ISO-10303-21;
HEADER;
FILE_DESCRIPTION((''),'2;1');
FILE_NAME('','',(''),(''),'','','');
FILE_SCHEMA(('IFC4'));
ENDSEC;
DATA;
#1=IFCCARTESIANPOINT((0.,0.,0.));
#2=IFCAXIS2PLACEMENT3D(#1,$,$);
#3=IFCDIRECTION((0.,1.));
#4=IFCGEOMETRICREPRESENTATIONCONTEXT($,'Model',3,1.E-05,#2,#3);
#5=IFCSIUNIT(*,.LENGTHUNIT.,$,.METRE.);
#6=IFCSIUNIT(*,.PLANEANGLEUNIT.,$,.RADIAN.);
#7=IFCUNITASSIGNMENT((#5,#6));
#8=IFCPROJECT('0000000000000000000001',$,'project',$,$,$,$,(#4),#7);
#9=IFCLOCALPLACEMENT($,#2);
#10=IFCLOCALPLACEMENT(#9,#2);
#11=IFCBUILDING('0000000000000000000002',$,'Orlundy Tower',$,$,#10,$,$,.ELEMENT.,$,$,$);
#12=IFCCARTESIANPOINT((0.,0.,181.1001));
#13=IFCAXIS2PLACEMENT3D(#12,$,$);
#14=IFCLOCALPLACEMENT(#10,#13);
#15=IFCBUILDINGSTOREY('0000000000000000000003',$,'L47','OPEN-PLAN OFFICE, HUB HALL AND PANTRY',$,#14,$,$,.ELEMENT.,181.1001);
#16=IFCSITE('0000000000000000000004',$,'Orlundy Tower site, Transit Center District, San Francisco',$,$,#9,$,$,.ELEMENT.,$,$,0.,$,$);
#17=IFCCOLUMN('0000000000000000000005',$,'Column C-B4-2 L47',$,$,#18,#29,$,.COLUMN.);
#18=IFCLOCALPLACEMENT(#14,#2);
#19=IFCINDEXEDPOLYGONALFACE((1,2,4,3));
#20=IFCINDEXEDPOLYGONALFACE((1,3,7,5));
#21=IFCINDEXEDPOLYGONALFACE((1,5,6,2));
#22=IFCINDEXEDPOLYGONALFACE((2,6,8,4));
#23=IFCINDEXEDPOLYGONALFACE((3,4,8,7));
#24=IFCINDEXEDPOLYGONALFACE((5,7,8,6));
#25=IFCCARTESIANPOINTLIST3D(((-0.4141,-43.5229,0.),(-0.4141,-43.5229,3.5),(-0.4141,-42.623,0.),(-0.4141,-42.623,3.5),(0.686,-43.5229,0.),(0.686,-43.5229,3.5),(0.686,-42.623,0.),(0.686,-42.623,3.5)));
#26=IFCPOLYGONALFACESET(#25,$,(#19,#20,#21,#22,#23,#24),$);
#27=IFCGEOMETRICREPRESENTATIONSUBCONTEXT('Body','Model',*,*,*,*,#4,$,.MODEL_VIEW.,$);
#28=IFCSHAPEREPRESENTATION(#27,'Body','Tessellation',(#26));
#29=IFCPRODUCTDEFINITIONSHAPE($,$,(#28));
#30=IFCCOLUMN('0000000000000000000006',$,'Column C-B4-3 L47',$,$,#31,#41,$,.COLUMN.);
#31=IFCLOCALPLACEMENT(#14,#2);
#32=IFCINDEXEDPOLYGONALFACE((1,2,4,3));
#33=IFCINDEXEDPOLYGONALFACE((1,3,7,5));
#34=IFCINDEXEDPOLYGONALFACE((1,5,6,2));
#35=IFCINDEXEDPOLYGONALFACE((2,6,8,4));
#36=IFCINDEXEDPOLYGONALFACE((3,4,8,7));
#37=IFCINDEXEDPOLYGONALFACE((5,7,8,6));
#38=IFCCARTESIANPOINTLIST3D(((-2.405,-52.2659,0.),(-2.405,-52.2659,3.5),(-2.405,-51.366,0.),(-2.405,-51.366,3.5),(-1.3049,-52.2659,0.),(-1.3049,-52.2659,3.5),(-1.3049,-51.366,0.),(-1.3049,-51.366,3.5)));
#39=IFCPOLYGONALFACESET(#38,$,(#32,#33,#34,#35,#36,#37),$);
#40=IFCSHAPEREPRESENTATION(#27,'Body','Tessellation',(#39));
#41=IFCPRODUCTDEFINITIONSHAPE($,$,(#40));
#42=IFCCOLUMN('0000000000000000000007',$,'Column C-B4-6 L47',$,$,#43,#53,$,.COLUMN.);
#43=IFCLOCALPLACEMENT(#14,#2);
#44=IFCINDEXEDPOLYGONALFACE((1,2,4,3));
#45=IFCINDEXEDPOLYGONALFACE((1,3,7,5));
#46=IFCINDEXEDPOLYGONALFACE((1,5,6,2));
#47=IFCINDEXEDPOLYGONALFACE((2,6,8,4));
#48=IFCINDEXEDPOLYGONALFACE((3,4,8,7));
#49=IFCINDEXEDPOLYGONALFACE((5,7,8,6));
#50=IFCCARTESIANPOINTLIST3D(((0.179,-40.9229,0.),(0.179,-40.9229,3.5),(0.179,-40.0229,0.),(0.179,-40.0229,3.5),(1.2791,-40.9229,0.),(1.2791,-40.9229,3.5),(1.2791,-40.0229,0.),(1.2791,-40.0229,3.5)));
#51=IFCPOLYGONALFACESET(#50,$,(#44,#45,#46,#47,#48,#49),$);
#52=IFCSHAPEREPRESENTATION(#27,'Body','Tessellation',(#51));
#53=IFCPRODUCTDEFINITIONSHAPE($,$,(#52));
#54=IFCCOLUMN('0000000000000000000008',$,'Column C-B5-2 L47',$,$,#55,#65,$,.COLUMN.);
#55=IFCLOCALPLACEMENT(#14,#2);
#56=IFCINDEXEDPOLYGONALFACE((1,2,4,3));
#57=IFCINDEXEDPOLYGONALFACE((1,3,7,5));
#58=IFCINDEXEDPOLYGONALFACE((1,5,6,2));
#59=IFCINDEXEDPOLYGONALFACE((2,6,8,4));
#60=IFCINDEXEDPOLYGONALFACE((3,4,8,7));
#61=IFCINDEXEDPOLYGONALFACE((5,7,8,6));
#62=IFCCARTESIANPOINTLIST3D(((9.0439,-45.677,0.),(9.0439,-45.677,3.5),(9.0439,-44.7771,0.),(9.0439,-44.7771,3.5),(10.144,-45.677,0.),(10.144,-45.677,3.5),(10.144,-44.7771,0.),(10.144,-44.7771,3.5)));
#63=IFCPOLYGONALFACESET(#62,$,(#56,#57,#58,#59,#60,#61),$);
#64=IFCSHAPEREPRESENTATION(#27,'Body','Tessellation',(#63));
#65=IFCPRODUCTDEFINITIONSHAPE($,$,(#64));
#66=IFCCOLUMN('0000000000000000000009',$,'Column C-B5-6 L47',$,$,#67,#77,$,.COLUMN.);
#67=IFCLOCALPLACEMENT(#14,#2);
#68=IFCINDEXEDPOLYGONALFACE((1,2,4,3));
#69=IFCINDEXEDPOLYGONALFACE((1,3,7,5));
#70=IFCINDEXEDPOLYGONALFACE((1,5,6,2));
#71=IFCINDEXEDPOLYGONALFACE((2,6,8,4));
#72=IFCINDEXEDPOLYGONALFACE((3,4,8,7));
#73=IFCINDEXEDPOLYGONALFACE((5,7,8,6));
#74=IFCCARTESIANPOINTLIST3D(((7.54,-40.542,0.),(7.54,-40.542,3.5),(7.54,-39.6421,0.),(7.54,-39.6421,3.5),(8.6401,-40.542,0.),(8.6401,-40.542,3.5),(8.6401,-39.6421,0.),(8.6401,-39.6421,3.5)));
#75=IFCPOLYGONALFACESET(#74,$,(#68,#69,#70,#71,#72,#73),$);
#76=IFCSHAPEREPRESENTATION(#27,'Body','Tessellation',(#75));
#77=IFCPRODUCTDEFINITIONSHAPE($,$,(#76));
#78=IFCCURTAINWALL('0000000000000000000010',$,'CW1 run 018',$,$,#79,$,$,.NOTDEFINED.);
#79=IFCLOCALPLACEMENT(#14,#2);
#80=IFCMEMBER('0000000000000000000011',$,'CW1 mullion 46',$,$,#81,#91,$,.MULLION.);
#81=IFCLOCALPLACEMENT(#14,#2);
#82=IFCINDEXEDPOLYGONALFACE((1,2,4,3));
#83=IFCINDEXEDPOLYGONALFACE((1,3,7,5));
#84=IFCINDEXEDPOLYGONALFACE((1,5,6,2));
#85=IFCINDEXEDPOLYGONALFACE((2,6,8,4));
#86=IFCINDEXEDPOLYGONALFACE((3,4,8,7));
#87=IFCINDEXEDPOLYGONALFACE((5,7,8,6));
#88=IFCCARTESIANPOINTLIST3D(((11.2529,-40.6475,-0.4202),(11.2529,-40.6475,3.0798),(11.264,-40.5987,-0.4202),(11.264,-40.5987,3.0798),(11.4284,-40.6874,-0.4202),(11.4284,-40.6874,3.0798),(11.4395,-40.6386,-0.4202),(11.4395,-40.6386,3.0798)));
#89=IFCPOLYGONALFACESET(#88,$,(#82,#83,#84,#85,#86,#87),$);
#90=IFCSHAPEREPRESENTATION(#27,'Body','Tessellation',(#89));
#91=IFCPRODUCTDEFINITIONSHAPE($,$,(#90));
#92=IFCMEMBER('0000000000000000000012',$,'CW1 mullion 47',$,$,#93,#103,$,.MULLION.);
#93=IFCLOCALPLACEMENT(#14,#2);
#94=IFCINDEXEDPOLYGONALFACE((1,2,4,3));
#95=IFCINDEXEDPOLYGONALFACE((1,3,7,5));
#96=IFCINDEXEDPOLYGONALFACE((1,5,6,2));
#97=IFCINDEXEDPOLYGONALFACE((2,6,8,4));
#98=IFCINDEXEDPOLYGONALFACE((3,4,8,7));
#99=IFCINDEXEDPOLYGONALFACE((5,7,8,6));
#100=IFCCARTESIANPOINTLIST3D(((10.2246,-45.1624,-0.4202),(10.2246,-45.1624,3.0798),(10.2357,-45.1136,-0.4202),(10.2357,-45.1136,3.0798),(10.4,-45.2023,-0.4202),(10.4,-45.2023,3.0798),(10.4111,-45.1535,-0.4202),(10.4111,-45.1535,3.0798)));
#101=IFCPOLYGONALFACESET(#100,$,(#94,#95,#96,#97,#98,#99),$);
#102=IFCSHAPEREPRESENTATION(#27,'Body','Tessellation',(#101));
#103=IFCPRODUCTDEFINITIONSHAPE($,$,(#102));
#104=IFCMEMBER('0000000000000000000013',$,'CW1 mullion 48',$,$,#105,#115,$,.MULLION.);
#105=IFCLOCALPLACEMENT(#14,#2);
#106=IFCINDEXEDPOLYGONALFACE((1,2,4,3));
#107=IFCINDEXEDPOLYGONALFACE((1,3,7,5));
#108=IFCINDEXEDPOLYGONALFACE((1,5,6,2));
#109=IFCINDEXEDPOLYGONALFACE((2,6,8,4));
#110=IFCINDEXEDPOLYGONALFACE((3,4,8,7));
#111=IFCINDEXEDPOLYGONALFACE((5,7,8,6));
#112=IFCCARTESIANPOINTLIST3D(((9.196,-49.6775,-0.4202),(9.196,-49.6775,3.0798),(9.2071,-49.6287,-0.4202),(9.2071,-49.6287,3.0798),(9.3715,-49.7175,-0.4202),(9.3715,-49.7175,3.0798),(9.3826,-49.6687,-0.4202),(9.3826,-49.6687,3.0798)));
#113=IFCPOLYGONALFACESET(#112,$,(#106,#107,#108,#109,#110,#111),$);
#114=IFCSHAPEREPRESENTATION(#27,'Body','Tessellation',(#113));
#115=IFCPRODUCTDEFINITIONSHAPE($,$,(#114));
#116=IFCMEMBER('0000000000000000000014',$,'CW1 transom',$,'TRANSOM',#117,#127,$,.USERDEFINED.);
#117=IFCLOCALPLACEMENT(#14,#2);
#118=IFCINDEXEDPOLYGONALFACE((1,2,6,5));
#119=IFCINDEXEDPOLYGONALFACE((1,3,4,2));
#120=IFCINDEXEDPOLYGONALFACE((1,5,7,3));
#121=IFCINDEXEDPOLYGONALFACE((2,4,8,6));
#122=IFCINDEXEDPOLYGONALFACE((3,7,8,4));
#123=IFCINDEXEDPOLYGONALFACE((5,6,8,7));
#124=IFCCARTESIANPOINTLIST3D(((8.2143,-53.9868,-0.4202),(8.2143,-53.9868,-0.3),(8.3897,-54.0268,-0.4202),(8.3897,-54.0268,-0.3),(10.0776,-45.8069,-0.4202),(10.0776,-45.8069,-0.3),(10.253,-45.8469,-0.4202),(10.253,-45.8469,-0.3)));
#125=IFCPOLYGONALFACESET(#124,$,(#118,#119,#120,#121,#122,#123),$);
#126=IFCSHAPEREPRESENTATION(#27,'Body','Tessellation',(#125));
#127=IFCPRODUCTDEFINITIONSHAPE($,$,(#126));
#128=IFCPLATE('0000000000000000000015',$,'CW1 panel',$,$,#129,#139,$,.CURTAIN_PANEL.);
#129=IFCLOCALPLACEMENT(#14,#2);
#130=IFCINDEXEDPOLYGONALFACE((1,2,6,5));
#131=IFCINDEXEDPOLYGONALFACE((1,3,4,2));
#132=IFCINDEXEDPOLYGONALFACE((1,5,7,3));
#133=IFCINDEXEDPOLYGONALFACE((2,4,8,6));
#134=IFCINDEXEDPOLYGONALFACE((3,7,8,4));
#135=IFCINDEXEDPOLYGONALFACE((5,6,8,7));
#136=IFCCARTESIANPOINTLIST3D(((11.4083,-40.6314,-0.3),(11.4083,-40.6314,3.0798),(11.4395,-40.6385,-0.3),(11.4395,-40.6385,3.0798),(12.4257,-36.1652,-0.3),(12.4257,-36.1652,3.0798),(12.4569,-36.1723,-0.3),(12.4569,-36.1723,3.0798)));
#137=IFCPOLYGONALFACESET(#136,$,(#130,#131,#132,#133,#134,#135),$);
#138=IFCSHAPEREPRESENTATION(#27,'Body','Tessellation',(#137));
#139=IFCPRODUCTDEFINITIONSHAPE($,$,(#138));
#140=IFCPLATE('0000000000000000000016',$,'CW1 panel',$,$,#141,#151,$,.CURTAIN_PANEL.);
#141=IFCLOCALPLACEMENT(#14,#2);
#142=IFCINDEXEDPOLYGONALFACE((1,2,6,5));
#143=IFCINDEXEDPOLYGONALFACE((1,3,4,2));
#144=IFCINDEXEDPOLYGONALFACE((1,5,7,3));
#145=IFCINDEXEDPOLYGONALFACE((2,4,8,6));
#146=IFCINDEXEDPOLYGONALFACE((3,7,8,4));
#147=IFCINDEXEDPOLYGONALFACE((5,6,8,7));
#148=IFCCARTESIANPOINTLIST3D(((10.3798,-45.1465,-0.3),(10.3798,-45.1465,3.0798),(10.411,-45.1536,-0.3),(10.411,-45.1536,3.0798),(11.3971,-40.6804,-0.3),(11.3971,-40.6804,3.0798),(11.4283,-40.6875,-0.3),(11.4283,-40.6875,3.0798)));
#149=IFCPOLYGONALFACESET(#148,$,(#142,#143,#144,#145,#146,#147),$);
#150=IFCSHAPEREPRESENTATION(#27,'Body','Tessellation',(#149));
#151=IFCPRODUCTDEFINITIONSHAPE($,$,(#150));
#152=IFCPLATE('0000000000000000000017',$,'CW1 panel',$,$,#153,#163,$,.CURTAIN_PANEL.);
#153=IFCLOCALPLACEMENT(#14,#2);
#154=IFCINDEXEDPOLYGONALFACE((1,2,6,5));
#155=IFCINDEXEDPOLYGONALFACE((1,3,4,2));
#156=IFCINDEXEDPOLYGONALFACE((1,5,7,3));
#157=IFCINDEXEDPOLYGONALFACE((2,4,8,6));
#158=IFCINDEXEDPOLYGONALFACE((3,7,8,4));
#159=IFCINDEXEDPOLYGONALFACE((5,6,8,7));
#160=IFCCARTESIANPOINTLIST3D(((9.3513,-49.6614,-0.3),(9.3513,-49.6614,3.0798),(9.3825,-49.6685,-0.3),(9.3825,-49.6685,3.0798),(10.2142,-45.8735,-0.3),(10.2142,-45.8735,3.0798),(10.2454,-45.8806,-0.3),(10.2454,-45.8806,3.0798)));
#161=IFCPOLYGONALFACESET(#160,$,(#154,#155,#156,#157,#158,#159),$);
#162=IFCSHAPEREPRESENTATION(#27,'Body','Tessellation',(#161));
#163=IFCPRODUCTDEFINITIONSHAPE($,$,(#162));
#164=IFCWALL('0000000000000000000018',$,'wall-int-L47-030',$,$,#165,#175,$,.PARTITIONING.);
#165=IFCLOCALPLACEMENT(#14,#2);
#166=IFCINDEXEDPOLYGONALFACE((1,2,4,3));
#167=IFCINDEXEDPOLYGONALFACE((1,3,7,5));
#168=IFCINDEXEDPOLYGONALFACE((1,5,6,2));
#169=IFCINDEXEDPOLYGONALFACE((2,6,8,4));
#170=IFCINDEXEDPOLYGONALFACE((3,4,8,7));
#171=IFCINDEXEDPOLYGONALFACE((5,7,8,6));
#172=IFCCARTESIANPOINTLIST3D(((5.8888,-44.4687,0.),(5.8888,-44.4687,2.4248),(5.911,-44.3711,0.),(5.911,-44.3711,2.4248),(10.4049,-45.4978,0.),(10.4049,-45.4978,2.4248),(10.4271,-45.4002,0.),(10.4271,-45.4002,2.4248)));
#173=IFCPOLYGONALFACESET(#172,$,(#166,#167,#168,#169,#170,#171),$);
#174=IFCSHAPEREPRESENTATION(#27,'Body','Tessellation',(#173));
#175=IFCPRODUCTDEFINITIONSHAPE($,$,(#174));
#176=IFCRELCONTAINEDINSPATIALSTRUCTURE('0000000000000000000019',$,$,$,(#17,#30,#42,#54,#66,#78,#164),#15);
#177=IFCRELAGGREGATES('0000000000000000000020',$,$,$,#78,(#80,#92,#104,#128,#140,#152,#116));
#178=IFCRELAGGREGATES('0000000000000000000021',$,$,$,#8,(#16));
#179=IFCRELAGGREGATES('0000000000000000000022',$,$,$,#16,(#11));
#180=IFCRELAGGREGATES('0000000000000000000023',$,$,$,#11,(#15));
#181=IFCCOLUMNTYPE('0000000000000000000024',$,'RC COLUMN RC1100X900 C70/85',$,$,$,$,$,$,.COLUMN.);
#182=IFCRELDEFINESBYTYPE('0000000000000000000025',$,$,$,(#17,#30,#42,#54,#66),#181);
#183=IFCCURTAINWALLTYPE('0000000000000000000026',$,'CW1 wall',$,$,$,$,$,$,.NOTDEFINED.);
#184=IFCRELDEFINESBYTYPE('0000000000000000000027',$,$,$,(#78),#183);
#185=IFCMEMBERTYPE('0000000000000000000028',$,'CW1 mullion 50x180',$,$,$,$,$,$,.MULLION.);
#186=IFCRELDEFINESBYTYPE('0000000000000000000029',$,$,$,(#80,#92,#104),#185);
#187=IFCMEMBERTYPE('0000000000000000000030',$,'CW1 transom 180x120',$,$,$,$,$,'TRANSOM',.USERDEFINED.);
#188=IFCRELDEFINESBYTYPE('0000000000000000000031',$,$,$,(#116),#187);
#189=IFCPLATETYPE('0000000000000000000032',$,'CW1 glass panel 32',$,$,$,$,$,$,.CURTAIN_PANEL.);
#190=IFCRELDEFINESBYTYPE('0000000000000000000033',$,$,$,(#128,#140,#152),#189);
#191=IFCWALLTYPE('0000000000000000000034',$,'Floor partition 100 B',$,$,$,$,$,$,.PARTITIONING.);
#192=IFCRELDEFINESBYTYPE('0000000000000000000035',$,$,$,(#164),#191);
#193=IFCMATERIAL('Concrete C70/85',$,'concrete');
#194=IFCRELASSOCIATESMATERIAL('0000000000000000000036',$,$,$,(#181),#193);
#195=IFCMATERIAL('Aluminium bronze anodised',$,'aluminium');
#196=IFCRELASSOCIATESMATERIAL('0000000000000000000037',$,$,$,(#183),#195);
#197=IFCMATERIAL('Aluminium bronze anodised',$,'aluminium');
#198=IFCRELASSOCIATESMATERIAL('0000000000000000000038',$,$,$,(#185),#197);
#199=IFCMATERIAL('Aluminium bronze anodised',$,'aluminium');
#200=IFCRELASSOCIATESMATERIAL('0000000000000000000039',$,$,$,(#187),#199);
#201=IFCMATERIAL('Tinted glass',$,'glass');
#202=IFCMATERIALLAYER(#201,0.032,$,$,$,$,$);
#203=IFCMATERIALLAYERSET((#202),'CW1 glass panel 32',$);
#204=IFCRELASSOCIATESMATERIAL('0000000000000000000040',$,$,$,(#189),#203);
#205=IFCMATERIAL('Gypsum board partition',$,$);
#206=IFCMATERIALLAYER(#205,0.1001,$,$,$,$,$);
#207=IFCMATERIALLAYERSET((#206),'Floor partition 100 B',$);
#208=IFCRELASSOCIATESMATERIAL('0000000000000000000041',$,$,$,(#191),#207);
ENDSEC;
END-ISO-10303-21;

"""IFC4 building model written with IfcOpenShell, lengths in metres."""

from ifc_helpers import new_model, si_unit, direction, frame, frame_2d, origin, origin_2d, place, context, subcontext, project, spatial, rectangle, extrude, material, layer, layer_set, material_profile, profile_set, type_object, element, aggregate, save


model = new_model("IFC4")

# Units and contexts
model_context = context("Model", 3, precision=1e-05, world=origin(), true_north=direction((0.0, 1.0)))
body_context = subcontext(model_context, "Body", "Model", "MODEL_VIEW")
ifc_project = project(units=[si_unit("LENGTHUNIT", "METRE"), si_unit("PLANEANGLEUNIT", "RADIAN")], contexts=[model_context])

# Site, building, storey
site_placement = place(None, origin())
site = spatial("IfcSite", under=ifc_project, at=site_placement, Name="Orlundy Tower site, Transit Center District, San Francisco", CompositionType="ELEMENT", RefElevation=0.0)
building_placement = place(site_placement, origin())
building = spatial("IfcBuilding", under=site, at=building_placement, Name="Orlundy Tower", CompositionType="ELEMENT")
storey_placement = place(building_placement, frame((0.0, 0.0, 181.1001)))
storey = spatial("IfcBuildingStorey", under=building, at=storey_placement, Name="L47", Description="OPEN-PLAN OFFICE, HUB HALL AND PANTRY", CompositionType="ELEMENT", Elevation=181.1001)

# Columns
ifc_material_1 = material(Name="Concrete C70/85", Category="concrete")
ifc_material_profile_1 = material_profile(ifc_material_1, rectangle(XDim=1.1001, YDim=0.8999, at=origin_2d()), Name="RC1100X900")
ifc_profile_set_1 = profile_set([ifc_material_profile_1], Name="Concrete C70/85")
column_type = type_object("IfcColumnType", Name="RC COLUMN RC1100X900 C70/85", PredefinedType="COLUMN", material=ifc_profile_set_1)
for number, where, z_axis, x_axis, name in (
    (1, (0.136, -43.073, 0.0), (0.0, 0.0, 1.0), (1.0, 0.0, 0.0), "Column C-B4-2 L47"),
    (2, (-1.855, -51.8159, 0.0), (0.0, 0.0, 1.0), (1.0, 0.0, 0.0), "Column C-B4-3 L47"),
    (3, (0.729, -40.4729, 0.0), (0.0, 0.0, 1.0), (1.0, 0.0, 0.0), "Column C-B4-6 L47"),
    (4, (9.594, -45.2271, 0.0), (0.0, 0.0, 1.0), (1.0, 0.0, 0.0), "Column C-B5-2 L47"),
    (5, (8.0901, -40.092, 0.0), (0.0, 0.0, 1.0), (1.0, 0.0, 0.0), "Column C-B5-6 L47"),
):
    element("IfcColumn", number, at=place(storey_placement, frame(where, z_axis=z_axis, x_axis=x_axis)), inside=storey, type_object=column_type, Name=name, PredefinedType="COLUMN", context=body_context, shape_type="SweptSolid", body=[
        extrude(rectangle(XDim=1.1001, YDim=0.8999, at=origin_2d()), origin(), (0.0, 0.0, 1.0), 3.5),
    ])

# Curtain wall, members, plates
ifc_material_2 = material(Name="Aluminium bronze anodised", Category="aluminium")
curtain_wall_type = type_object("IfcCurtainWallType", Name="CW1 wall", PredefinedType="NOTDEFINED", material=ifc_material_2)
curtain_wall_placement = place(storey_placement, origin())
curtain_wall = element("IfcCurtainWall", 6, at=curtain_wall_placement, inside=storey, type_object=curtain_wall_type, Name="CW1 run 018", PredefinedType="NOTDEFINED")
ifc_material_3 = material(Name="Aluminium bronze anodised", Category="aluminium")
ifc_material_profile_2 = material_profile(ifc_material_3, rectangle(XDim=0.1799, YDim=0.05, at=origin_2d()), Name="CW1 mullion 50x180")
ifc_profile_set_2 = profile_set([ifc_material_profile_2], Name="Aluminium bronze anodised")
member_type_1 = type_object("IfcMemberType", Name="CW1 mullion 50x180", PredefinedType="MULLION", material=ifc_profile_set_2)
member_1_placement = place(storey_placement, frame((11.3462, -40.6431, -0.4202), z_axis=(0.0, 0.0, 1.0), x_axis=(0.975022, -0.222106, 0.0)))
member_1 = element("IfcMember", 7, at=member_1_placement, type_object=member_type_1, Name="CW1 mullion 46", PredefinedType="MULLION", context=body_context, shape_type="SweptSolid", body=[
    extrude(rectangle(XDim=0.1799, YDim=0.05, at=origin_2d()), origin(), (0.0, 0.0, 1.0), 3.5),
])
member_2_placement = place(storey_placement, frame((10.3179, -45.158, -0.4202), z_axis=(0.0, 0.0, 1.0), x_axis=(0.975022, -0.222106, 0.0)))
member_2 = element("IfcMember", 8, at=member_2_placement, type_object=member_type_1, Name="CW1 mullion 47", PredefinedType="MULLION", context=body_context, shape_type="SweptSolid", body=[
    extrude(rectangle(XDim=0.1799, YDim=0.05, at=origin_2d()), origin(), (0.0, 0.0, 1.0), 3.5),
])
member_3_placement = place(storey_placement, frame((9.2893, -49.6731, -0.4202), z_axis=(0.0, 0.0, 1.0), x_axis=(0.975022, -0.222106, 0.0)))
member_3 = element("IfcMember", 9, at=member_3_placement, type_object=member_type_1, Name="CW1 mullion 48", PredefinedType="MULLION", context=body_context, shape_type="SweptSolid", body=[
    extrude(rectangle(XDim=0.1799, YDim=0.05, at=origin_2d()), origin(), (0.0, 0.0, 1.0), 3.5),
])
ifc_material_4 = material(Name="Aluminium bronze anodised", Category="aluminium")
ifc_material_profile_3 = material_profile(ifc_material_4, rectangle(XDim=0.1799, YDim=0.1201, at=origin_2d()), Name="CW1 transom 180x120")
ifc_profile_set_3 = profile_set([ifc_material_profile_3], Name="Aluminium bronze anodised")
member_type_2 = type_object("IfcMemberType", Name="CW1 transom 180x120", ElementType="TRANSOM", PredefinedType="USERDEFINED", material=ifc_profile_set_3)
member_4_placement = place(storey_placement, frame((10.1653, -45.8269, -0.3601), z_axis=(-0.222098, -0.975024, 0.0), x_axis=(0.975024, -0.222098, 0.0)))
member_4 = element("IfcMember", 10, at=member_4_placement, type_object=member_type_2, Name="CW1 transom", ObjectType="TRANSOM", PredefinedType="USERDEFINED", context=body_context, shape_type="SweptSolid", body=[
    extrude(rectangle(XDim=0.1799, YDim=0.1201, at=origin_2d()), origin(), (0.0, 0.0, 1.0), 8.3894),
])
ifc_material_5 = material(Name="Tinted glass", Category="glass")
ifc_layer_1 = layer(ifc_material_5, 0.032)
ifc_layer_set_1 = layer_set([ifc_layer_1], Name="CW1 glass panel 32")
plate_type = type_object("IfcPlateType", Name="CW1 glass panel 32", PredefinedType="CURTAIN_PANEL", material=ifc_layer_set_1)
plate_1_placement = place(storey_placement, frame((11.9326, -38.4019, -0.3), z_axis=(0.0, 0.0, 1.0), x_axis=(-0.222106, -0.975022, 0.0)))
plate_1 = element("IfcPlate", 11, at=plate_1_placement, type_object=plate_type, Name="CW1 panel", PredefinedType="CURTAIN_PANEL", context=body_context, shape_type="SweptSolid", body=[
    extrude(rectangle(XDim=4.5806, YDim=0.032, at=origin_2d()), origin(), (0.0, 0.0, 1.0), 3.3799),
])
plate_2_placement = place(storey_placement, frame((10.9041, -42.917, -0.3), z_axis=(0.0, 0.0, 1.0), x_axis=(-0.222106, -0.975022, 0.0)))
plate_2 = element("IfcPlate", 12, at=plate_2_placement, type_object=plate_type, Name="CW1 panel", PredefinedType="CURTAIN_PANEL", context=body_context, shape_type="SweptSolid", body=[
    extrude(rectangle(XDim=4.5806, YDim=0.032, at=origin_2d()), origin(), (0.0, 0.0, 1.0), 3.3799),
])
plate_3_placement = place(storey_placement, frame((9.7983, -47.771, -0.3), z_axis=(0.0, 0.0, 1.0), x_axis=(-0.222106, -0.975022, 0.0)))
plate_3 = element("IfcPlate", 13, at=plate_3_placement, type_object=plate_type, Name="CW1 panel", PredefinedType="CURTAIN_PANEL", context=body_context, shape_type="SweptSolid", body=[
    extrude(rectangle(XDim=3.885, YDim=0.032, at=origin_2d()), origin(), (0.0, 0.0, 1.0), 3.3799),
])
aggregate(curtain_wall, [member_1, member_2, member_3, plate_1, plate_2, plate_3, member_4])

# Wall
ifc_material_6 = material(Name="Gypsum board partition")
ifc_layer_2 = layer(ifc_material_6, 0.1001)
ifc_layer_set_2 = layer_set([ifc_layer_2], Name="Floor partition 100 B")
wall_type_1 = type_object("IfcWallType", Name="Floor partition 100 B", PredefinedType="PARTITIONING", material=ifc_layer_set_2)
wall_1_placement = place(storey_placement, frame((5.8999, -44.4199, 0.0), z_axis=(0.0, 0.0, 1.0), x_axis=(0.975008, -0.222168, 0.0)))
element("IfcWall", 14, at=wall_1_placement, inside=storey, type_object=wall_type_1, Name="wall-int-L47-030", PredefinedType="PARTITIONING", context=body_context, shape_type="SweptSolid", body=[
    extrude(rectangle(XDim=4.6318, YDim=0.1001, at=frame_2d((2.3159, 0.0))), origin(), (0.0, 0.0, 1.0), 2.4248),
])

save(model, "model.ifc")
